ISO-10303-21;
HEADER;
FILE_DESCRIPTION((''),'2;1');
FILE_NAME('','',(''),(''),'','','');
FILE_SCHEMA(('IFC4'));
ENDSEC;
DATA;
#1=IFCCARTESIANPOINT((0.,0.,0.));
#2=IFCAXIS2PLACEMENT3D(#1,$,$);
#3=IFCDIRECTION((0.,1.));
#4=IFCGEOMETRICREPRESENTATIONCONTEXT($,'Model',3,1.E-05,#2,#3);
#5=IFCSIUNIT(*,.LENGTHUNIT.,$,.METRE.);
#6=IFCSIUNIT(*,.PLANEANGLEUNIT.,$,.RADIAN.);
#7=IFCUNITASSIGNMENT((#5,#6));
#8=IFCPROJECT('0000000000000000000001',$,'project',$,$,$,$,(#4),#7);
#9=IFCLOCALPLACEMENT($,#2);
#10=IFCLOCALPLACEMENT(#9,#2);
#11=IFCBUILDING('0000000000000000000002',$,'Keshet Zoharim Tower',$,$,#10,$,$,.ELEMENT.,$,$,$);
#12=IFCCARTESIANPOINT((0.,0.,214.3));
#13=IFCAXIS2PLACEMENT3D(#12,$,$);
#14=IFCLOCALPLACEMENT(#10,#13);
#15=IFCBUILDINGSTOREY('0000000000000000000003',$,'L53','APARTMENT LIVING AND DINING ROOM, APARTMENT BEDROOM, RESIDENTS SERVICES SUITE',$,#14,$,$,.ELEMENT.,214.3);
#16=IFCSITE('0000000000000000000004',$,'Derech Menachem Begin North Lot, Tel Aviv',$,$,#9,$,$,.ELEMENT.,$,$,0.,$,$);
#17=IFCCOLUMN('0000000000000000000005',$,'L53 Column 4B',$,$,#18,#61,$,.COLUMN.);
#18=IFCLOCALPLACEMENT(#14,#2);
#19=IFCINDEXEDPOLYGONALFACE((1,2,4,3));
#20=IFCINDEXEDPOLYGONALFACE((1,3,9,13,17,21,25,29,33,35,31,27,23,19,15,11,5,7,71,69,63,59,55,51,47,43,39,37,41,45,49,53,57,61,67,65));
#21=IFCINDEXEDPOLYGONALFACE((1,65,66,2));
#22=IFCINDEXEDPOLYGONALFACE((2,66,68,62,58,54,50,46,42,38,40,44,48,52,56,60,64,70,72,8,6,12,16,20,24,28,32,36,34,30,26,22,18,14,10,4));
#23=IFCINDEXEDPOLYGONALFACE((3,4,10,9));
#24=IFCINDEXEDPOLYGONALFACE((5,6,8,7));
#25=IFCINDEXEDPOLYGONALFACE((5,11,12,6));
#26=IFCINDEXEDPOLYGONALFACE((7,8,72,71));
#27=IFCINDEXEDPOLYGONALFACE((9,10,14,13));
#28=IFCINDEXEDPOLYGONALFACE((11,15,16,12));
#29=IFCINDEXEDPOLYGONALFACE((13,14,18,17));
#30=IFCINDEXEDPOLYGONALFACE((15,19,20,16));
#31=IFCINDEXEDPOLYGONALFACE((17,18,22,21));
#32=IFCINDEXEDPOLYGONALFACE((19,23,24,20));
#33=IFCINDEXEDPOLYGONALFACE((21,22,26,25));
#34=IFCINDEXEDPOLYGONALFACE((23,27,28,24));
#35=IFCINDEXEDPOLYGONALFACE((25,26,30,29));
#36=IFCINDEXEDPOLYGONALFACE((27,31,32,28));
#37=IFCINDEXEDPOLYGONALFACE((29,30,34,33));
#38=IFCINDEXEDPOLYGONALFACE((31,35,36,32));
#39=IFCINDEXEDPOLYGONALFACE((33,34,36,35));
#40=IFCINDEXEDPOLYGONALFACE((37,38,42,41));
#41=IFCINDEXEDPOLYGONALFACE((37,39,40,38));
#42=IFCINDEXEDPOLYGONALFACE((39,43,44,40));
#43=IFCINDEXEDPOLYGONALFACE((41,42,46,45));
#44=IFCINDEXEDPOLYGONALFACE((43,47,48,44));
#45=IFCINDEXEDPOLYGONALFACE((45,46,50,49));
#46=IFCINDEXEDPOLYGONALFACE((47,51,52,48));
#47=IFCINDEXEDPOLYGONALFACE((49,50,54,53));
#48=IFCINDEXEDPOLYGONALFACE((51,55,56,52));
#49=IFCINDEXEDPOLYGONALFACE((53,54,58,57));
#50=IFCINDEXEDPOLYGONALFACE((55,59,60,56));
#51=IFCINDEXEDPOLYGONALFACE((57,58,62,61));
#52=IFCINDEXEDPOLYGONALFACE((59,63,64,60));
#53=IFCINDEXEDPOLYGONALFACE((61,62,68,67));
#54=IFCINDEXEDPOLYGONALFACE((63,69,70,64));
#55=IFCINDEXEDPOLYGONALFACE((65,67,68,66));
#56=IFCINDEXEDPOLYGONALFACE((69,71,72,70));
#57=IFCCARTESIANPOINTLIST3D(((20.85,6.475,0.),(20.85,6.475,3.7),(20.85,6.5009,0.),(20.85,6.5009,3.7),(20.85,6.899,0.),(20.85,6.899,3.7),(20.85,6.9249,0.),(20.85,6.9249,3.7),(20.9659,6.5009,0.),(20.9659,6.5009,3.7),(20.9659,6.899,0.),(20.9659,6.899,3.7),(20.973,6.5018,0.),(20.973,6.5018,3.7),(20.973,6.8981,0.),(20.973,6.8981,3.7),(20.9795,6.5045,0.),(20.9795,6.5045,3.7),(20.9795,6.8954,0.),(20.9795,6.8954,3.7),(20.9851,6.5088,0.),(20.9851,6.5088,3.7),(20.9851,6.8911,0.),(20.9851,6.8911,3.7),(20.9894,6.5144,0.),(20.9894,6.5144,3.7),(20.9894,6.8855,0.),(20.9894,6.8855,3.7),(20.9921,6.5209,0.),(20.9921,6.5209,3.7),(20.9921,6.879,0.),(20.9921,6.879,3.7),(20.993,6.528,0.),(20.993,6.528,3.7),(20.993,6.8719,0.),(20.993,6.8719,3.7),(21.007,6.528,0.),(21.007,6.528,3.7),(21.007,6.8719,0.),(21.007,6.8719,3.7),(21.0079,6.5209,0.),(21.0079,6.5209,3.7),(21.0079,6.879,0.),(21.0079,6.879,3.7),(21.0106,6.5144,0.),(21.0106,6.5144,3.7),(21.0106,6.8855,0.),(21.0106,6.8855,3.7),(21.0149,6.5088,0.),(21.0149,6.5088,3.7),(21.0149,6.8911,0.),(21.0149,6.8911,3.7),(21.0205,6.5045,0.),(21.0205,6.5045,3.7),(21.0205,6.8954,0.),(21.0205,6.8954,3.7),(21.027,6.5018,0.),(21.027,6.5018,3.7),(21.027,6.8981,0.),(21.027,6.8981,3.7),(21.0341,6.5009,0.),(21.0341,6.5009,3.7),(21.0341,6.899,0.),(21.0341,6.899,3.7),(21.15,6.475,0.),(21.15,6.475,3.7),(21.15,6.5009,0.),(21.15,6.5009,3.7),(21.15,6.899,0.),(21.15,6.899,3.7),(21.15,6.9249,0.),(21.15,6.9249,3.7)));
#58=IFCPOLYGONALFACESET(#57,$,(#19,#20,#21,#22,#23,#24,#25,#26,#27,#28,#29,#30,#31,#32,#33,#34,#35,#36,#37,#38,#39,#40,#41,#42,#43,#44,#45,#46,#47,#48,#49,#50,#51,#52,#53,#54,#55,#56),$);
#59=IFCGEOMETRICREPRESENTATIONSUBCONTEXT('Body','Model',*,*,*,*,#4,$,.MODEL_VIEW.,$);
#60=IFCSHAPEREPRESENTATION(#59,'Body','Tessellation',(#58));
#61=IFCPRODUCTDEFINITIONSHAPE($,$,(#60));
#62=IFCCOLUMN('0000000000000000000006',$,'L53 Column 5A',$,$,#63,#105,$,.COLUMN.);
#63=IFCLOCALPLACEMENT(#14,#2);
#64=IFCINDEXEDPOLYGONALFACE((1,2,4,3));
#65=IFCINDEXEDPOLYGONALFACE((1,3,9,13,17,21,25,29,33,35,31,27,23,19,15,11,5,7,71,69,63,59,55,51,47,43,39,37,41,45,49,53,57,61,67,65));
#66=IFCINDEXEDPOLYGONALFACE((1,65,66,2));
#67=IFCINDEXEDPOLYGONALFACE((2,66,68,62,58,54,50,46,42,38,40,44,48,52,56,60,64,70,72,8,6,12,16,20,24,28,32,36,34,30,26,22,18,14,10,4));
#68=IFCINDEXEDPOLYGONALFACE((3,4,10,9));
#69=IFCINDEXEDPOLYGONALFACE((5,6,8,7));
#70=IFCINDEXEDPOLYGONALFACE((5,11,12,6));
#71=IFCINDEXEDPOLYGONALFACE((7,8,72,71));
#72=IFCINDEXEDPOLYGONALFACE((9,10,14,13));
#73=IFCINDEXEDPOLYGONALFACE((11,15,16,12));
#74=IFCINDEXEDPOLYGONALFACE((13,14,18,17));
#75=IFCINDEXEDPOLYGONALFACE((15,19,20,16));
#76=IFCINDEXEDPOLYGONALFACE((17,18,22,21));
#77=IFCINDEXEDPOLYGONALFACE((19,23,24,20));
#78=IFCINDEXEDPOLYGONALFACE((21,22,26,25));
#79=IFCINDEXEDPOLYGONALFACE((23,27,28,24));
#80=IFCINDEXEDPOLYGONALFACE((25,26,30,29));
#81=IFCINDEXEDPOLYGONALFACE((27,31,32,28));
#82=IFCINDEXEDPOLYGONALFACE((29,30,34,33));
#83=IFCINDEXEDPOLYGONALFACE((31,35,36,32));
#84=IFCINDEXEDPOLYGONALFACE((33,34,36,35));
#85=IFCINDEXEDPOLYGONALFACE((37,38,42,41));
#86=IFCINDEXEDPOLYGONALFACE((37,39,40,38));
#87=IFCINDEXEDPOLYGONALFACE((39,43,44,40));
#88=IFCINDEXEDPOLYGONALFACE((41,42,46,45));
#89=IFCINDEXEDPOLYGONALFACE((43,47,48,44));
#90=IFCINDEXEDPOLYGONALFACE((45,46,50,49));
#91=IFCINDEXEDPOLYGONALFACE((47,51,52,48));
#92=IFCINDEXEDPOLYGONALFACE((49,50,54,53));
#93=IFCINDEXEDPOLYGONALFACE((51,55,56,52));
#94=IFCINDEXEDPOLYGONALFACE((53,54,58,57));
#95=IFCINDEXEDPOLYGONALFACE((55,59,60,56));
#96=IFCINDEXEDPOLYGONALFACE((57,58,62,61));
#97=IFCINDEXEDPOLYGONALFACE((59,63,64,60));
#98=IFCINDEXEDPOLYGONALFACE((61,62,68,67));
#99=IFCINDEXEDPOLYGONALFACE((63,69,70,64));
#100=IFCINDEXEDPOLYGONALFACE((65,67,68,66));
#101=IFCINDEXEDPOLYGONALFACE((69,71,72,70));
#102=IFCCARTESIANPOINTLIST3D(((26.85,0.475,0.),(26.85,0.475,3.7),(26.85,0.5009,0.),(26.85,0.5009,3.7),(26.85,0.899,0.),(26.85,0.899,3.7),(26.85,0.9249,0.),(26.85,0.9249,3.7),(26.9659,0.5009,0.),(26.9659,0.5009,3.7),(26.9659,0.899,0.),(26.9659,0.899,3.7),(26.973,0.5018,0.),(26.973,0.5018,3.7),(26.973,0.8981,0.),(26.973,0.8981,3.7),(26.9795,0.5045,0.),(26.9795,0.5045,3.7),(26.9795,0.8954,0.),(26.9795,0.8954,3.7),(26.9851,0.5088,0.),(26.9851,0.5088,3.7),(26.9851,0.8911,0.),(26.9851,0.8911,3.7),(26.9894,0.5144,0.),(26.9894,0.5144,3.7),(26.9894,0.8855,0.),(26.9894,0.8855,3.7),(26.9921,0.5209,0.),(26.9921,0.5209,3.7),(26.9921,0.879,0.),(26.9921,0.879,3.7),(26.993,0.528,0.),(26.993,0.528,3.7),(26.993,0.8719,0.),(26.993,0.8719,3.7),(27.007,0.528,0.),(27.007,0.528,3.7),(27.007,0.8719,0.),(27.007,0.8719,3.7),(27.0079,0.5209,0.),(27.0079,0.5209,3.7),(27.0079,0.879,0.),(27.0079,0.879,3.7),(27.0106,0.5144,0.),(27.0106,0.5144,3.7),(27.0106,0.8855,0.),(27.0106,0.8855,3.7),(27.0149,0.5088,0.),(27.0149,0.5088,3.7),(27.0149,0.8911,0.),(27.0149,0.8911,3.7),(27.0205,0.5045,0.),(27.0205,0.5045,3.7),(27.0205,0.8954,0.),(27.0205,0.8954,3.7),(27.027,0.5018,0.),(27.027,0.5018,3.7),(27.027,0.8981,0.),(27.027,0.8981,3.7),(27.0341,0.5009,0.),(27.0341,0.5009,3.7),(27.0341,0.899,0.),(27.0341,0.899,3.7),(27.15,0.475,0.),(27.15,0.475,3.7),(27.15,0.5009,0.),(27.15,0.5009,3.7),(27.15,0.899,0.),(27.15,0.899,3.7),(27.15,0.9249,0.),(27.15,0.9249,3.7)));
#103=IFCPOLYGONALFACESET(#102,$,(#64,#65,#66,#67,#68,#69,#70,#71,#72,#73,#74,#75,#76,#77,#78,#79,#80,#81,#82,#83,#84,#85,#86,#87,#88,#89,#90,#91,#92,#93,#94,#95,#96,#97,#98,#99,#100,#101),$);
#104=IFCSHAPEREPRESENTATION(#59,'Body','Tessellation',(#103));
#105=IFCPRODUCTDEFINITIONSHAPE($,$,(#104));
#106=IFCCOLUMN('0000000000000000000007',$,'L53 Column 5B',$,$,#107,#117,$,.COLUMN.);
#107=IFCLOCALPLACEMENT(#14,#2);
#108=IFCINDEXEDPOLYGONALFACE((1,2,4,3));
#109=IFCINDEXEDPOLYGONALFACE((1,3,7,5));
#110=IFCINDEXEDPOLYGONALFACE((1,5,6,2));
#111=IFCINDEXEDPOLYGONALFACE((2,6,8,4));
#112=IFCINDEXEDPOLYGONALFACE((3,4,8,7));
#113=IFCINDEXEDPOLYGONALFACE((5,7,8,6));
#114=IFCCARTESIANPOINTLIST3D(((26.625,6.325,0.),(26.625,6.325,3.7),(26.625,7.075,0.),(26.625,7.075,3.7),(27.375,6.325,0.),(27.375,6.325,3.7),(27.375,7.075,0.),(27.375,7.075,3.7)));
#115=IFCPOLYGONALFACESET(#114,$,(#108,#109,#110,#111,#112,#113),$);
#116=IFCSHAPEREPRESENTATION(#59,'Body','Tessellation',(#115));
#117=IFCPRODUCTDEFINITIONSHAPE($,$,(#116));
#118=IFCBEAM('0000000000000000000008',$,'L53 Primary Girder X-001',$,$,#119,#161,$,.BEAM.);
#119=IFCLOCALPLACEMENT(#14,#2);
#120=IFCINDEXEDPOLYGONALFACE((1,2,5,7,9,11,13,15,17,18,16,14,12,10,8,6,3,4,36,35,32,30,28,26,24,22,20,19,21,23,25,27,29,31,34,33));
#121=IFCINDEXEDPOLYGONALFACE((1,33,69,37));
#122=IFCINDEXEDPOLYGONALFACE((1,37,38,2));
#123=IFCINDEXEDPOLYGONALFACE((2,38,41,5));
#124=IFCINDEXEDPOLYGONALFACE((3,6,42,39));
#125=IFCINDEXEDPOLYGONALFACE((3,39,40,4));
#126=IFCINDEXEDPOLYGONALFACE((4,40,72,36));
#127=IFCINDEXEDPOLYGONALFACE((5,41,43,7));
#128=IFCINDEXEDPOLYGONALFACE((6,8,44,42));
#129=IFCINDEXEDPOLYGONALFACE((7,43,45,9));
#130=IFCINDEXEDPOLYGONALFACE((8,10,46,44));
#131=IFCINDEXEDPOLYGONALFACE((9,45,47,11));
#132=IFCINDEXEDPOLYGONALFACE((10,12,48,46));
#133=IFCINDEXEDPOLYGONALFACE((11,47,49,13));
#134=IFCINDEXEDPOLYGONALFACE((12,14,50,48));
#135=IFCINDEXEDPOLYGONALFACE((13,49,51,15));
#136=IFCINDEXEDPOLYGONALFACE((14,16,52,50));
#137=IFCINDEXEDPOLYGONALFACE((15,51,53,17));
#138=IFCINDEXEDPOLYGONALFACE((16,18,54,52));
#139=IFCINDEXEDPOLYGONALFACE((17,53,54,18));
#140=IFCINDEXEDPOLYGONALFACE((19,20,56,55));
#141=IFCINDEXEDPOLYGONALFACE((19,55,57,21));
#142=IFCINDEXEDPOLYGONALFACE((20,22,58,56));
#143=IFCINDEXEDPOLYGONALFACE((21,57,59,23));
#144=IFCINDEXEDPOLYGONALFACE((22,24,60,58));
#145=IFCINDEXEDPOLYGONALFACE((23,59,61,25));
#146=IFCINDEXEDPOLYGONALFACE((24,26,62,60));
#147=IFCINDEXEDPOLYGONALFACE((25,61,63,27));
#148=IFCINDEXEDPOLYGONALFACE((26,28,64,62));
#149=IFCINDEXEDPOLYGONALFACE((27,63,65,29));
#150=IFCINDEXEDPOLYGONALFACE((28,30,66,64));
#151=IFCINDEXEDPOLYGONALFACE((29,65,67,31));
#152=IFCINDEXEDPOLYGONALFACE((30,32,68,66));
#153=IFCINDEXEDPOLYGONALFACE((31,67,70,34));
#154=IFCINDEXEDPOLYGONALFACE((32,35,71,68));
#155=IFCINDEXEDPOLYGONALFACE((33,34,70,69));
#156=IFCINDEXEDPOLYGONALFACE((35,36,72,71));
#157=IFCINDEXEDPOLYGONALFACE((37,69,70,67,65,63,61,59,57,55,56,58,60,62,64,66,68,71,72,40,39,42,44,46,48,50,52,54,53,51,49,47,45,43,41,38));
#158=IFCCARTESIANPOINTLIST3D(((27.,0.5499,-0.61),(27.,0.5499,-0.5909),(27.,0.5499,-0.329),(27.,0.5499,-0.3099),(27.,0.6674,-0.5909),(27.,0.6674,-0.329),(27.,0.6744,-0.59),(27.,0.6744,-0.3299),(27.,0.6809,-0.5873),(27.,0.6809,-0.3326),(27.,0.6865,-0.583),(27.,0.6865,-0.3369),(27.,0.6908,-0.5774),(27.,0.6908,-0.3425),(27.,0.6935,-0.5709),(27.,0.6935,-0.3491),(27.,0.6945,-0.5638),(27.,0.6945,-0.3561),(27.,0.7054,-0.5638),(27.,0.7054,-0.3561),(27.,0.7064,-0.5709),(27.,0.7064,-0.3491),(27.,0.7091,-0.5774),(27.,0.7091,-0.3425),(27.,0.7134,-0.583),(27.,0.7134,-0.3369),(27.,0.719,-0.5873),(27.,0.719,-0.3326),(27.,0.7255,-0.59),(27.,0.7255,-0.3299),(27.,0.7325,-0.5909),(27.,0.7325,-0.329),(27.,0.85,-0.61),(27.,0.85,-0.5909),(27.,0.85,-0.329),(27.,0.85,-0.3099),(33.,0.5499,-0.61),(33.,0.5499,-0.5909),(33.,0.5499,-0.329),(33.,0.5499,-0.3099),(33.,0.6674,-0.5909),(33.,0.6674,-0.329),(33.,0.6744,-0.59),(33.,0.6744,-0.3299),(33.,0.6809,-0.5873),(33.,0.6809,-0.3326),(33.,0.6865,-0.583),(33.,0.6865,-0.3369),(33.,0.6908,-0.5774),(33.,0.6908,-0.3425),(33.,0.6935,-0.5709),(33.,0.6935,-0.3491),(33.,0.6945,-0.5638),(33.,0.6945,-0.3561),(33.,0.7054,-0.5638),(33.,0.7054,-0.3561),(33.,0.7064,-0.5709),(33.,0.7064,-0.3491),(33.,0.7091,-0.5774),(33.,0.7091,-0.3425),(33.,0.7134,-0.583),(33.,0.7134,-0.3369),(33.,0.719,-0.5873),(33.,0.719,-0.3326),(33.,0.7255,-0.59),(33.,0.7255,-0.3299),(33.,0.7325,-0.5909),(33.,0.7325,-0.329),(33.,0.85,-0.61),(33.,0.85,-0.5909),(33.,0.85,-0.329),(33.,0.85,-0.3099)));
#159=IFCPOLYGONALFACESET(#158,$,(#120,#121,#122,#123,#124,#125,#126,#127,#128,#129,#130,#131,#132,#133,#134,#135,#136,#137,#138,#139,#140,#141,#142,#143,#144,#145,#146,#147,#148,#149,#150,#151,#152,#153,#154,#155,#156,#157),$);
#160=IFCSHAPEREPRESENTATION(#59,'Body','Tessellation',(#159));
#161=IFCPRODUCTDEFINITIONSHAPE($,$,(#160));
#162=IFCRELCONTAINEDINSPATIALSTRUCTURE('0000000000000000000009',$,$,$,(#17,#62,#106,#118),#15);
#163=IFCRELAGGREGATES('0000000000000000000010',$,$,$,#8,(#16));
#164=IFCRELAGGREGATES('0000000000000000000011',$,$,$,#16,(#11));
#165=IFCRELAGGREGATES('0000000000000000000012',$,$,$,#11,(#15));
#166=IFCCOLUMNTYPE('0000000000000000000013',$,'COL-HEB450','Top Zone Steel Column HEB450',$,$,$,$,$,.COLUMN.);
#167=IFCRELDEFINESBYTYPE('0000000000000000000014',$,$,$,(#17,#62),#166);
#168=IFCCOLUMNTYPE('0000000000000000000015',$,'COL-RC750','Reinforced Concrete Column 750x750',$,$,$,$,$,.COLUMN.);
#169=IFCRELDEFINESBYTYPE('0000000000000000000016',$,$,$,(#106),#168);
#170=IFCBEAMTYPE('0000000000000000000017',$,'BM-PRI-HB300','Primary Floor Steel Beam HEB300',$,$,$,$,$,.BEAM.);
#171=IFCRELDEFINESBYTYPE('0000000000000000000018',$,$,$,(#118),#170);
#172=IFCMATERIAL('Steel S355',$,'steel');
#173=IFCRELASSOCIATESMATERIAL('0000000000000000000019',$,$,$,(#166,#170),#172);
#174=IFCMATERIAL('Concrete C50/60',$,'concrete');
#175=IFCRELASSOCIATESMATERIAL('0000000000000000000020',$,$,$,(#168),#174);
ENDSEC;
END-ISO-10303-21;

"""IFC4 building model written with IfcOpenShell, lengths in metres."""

from ifc_helpers import new_model, si_unit, direction, frame, origin, origin_2d, place, context, subcontext, project, spatial, rectangle, i_section, extrude, material, material_profile, profile_set, type_object, element, save


model = new_model("IFC4")

# Units and contexts
model_context = context("Model", 3, precision=1e-05, world=origin(), true_north=direction((0.0, 1.0)))
body_context = subcontext(model_context, "Body", "Model", "MODEL_VIEW")
ifc_project = project(units=[si_unit("LENGTHUNIT", "METRE"), si_unit("PLANEANGLEUNIT", "RADIAN")], contexts=[model_context])

# Site, building, storey
site_placement = place(None, origin())
site = spatial("IfcSite", under=ifc_project, at=site_placement, Name="Derech Menachem Begin North Lot, Tel Aviv", CompositionType="ELEMENT", RefElevation=0.0)
building_placement = place(site_placement, origin())
building = spatial("IfcBuilding", under=site, at=building_placement, Name="Keshet Zoharim Tower", CompositionType="ELEMENT")
storey_placement = place(building_placement, frame((0.0, 0.0, 214.3)))
storey = spatial("IfcBuildingStorey", under=building, at=storey_placement, Name="L53", Description="APARTMENT LIVING AND DINING ROOM, APARTMENT BEDROOM, RESIDENTS SERVICES SUITE", CompositionType="ELEMENT", Elevation=214.3)

# Columns
ifc_material_1 = material(Name="Steel S355", Category="steel")
ifc_material_profile_1 = material_profile(ifc_material_1, i_section(OverallWidth=0.3, OverallDepth=0.45, WebThickness=0.0139, FlangeThickness=0.0259, FilletRadius=0.0271, at=origin_2d()), Name="HEB450")
ifc_profile_set_1 = profile_set([ifc_material_profile_1], Name="Steel S355")
column_type_1 = type_object("IfcColumnType", Name="COL-HEB450", Description="Top Zone Steel Column HEB450", PredefinedType="COLUMN", material=ifc_profile_set_1)
for number, where, z_axis, x_axis, name in (
    (1, (21.0, 6.7, 0.0), (0.0, 0.0, 1.0), (1.0, 0.0, 0.0), "L53 Column 4B"),
    (2, (27.0, 0.7, 0.0), (0.0, 0.0, 1.0), (1.0, 0.0, 0.0), "L53 Column 5A"),
):
    element("IfcColumn", number, at=place(storey_placement, frame(where, z_axis=z_axis, x_axis=x_axis)), inside=storey, type_object=column_type_1, Name=name, PredefinedType="COLUMN", context=body_context, shape_type="SweptSolid", body=[
        extrude(i_section(OverallWidth=0.3, OverallDepth=0.45, WebThickness=0.0139, FlangeThickness=0.0259, FilletRadius=0.0271, at=origin_2d()), origin(), (0.0, 0.0, 1.0), 3.7),
    ])
ifc_material_2 = material(Name="Concrete C50/60", Category="concrete")
ifc_material_profile_2 = material_profile(ifc_material_2, rectangle(XDim=0.75, YDim=0.75, at=origin_2d()), Name="RC750x750")
ifc_profile_set_2 = profile_set([ifc_material_profile_2], Name="Concrete C50/60")
column_type_2 = type_object("IfcColumnType", Name="COL-RC750", Description="Reinforced Concrete Column 750x750", PredefinedType="COLUMN", material=ifc_profile_set_2)
column_placement = place(storey_placement, frame((27.0, 6.7, 0.0), z_axis=(0.0, 0.0, 1.0), x_axis=(1.0, 0.0, 0.0)))
element("IfcColumn", 3, at=column_placement, inside=storey, type_object=column_type_2, Name="L53 Column 5B", PredefinedType="COLUMN", context=body_context, shape_type="SweptSolid", body=[
    extrude(rectangle(XDim=0.75, YDim=0.75, at=origin_2d()), origin(), (0.0, 0.0, 1.0), 3.7),
])

# Beam
ifc_material_profile_3 = material_profile(ifc_material_1, i_section(OverallWidth=0.3, OverallDepth=0.3, WebThickness=0.011, FlangeThickness=0.019, FilletRadius=0.0271, at=origin_2d()), Name="HEB300")
ifc_profile_set_3 = profile_set([ifc_material_profile_3], Name="Steel S355")
beam_type_1 = type_object("IfcBeamType", Name="BM-PRI-HB300", Description="Primary Floor Steel Beam HEB300", PredefinedType="BEAM", material=ifc_profile_set_3)
for number, where, z_axis, x_axis, name in (
    (4, (27.0, 0.7, -0.46), (1.0, 0.0, 0.0), (0.0, 1.0, 0.0), "L53 Primary Girder X-001"),
):
    element("IfcBeam", number, at=place(storey_placement, frame(where, z_axis=z_axis, x_axis=x_axis)), inside=storey, type_object=beam_type_1, Name=name, PredefinedType="BEAM", context=body_context, shape_type="SweptSolid", body=[
        extrude(i_section(OverallWidth=0.3, OverallDepth=0.3, WebThickness=0.011, FlangeThickness=0.019, FilletRadius=0.0271, at=origin_2d()), origin(), (0.0, 0.0, 1.0), 6.0),
    ])

save(model, "model.ifc")
